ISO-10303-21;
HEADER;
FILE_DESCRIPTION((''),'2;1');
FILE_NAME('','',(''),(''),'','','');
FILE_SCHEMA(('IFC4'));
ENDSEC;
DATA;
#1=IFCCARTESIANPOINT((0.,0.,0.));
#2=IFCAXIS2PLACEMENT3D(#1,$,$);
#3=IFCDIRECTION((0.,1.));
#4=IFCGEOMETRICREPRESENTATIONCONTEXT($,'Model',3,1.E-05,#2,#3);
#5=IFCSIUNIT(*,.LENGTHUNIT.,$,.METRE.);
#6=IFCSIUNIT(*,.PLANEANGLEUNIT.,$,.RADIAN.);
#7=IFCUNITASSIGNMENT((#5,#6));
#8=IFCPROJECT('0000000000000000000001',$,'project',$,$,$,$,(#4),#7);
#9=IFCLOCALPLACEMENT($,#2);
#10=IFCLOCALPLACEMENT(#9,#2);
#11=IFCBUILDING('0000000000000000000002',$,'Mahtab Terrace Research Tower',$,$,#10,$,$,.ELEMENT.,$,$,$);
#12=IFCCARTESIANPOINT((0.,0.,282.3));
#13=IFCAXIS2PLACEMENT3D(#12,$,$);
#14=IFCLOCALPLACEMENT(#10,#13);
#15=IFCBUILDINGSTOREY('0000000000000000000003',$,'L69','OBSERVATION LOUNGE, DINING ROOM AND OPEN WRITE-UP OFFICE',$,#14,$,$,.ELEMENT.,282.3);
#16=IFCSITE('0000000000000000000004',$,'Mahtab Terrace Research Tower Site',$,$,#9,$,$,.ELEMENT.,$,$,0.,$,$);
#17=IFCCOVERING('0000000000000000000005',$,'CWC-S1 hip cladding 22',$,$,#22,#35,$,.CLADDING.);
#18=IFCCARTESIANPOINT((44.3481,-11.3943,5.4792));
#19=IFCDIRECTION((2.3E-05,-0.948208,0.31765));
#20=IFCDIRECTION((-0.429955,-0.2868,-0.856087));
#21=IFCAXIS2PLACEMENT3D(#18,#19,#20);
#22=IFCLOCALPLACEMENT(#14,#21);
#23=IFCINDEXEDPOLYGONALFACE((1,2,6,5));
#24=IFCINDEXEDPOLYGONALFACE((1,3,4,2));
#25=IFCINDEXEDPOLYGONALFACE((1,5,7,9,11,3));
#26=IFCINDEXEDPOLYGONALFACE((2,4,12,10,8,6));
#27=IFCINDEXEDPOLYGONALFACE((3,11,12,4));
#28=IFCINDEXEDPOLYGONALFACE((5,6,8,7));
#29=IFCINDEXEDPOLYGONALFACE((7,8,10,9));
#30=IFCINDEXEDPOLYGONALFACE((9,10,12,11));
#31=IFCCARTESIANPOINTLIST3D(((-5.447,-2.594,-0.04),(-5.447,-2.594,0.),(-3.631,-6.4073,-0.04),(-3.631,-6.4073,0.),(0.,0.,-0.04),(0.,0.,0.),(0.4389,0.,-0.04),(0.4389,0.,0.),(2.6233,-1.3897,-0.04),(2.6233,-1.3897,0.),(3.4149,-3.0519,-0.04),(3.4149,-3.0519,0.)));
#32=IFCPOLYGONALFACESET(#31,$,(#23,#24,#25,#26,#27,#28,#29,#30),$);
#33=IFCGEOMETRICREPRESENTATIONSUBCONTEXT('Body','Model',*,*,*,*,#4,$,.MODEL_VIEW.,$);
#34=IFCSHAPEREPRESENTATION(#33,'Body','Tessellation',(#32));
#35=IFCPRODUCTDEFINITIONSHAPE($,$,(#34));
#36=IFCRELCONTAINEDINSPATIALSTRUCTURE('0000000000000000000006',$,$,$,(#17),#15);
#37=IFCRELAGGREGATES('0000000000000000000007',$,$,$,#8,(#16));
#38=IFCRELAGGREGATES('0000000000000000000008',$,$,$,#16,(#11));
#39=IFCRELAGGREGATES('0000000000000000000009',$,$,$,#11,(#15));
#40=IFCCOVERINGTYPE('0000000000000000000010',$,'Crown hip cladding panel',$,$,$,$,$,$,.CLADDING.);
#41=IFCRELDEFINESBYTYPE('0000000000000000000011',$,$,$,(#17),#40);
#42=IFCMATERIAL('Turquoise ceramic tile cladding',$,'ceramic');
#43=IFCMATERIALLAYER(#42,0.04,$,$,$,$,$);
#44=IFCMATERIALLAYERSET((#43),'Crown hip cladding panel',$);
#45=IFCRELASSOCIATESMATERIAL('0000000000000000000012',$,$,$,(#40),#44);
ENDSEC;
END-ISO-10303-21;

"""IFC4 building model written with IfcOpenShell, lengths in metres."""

from ifc_helpers import new_model, si_unit, direction, frame, origin, place, context, subcontext, project, spatial, polyline, outline, extrude, material, layer, layer_set, type_object, element, save


model = new_model("IFC4")

# Units and contexts
model_context = context("Model", 3, precision=1e-05, world=origin(), true_north=direction((0.0, 1.0)))
body_context = subcontext(model_context, "Body", "Model", "MODEL_VIEW")
ifc_project = project(units=[si_unit("LENGTHUNIT", "METRE"), si_unit("PLANEANGLEUNIT", "RADIAN")], contexts=[model_context])

# Site, building, storey
site_placement = place(None, origin())
site = spatial("IfcSite", under=ifc_project, at=site_placement, Name="Mahtab Terrace Research Tower Site", CompositionType="ELEMENT", RefElevation=0.0)
building_placement = place(site_placement, origin())
building = spatial("IfcBuilding", under=site, at=building_placement, Name="Mahtab Terrace Research Tower", CompositionType="ELEMENT")
storey_placement = place(building_placement, frame((0.0, 0.0, 282.3)))
storey = spatial("IfcBuildingStorey", under=building, at=storey_placement, Name="L69", Description="OBSERVATION LOUNGE, DINING ROOM AND OPEN WRITE-UP OFFICE", CompositionType="ELEMENT", Elevation=282.3)

# Covering
ifc_material_1 = material(Name="Turquoise ceramic tile cladding", Category="ceramic")
ifc_layer_1 = layer(ifc_material_1, 0.04)
ifc_layer_set_1 = layer_set([ifc_layer_1], Name="Crown hip cladding panel")
covering_type_1 = type_object("IfcCoveringType", Name="Crown hip cladding panel", PredefinedType="CLADDING", material=ifc_layer_set_1)
covering_1_placement = place(storey_placement, frame((44.3481, -11.3943, 5.4792), z_axis=(0.000023, -0.948208, 0.31765), x_axis=(-0.429955, -0.2868, -0.856087)))
element("IfcCovering", 1, at=covering_1_placement, inside=storey, type_object=covering_type_1, Name="CWC-S1 hip cladding 22", PredefinedType="CLADDING", context=body_context, shape_type="SweptSolid", body=[
    extrude(outline(polyline([(0.0, 0.0), (0.4389, 0.0), (2.6233, -1.3897), (3.4149, -3.0519), (-3.631, -6.4073), (-5.447, -2.594), (0.0, 0.0)])), origin(), (0.0, 0.0, -1.0), 0.04),
])

save(model, "model.ifc")
